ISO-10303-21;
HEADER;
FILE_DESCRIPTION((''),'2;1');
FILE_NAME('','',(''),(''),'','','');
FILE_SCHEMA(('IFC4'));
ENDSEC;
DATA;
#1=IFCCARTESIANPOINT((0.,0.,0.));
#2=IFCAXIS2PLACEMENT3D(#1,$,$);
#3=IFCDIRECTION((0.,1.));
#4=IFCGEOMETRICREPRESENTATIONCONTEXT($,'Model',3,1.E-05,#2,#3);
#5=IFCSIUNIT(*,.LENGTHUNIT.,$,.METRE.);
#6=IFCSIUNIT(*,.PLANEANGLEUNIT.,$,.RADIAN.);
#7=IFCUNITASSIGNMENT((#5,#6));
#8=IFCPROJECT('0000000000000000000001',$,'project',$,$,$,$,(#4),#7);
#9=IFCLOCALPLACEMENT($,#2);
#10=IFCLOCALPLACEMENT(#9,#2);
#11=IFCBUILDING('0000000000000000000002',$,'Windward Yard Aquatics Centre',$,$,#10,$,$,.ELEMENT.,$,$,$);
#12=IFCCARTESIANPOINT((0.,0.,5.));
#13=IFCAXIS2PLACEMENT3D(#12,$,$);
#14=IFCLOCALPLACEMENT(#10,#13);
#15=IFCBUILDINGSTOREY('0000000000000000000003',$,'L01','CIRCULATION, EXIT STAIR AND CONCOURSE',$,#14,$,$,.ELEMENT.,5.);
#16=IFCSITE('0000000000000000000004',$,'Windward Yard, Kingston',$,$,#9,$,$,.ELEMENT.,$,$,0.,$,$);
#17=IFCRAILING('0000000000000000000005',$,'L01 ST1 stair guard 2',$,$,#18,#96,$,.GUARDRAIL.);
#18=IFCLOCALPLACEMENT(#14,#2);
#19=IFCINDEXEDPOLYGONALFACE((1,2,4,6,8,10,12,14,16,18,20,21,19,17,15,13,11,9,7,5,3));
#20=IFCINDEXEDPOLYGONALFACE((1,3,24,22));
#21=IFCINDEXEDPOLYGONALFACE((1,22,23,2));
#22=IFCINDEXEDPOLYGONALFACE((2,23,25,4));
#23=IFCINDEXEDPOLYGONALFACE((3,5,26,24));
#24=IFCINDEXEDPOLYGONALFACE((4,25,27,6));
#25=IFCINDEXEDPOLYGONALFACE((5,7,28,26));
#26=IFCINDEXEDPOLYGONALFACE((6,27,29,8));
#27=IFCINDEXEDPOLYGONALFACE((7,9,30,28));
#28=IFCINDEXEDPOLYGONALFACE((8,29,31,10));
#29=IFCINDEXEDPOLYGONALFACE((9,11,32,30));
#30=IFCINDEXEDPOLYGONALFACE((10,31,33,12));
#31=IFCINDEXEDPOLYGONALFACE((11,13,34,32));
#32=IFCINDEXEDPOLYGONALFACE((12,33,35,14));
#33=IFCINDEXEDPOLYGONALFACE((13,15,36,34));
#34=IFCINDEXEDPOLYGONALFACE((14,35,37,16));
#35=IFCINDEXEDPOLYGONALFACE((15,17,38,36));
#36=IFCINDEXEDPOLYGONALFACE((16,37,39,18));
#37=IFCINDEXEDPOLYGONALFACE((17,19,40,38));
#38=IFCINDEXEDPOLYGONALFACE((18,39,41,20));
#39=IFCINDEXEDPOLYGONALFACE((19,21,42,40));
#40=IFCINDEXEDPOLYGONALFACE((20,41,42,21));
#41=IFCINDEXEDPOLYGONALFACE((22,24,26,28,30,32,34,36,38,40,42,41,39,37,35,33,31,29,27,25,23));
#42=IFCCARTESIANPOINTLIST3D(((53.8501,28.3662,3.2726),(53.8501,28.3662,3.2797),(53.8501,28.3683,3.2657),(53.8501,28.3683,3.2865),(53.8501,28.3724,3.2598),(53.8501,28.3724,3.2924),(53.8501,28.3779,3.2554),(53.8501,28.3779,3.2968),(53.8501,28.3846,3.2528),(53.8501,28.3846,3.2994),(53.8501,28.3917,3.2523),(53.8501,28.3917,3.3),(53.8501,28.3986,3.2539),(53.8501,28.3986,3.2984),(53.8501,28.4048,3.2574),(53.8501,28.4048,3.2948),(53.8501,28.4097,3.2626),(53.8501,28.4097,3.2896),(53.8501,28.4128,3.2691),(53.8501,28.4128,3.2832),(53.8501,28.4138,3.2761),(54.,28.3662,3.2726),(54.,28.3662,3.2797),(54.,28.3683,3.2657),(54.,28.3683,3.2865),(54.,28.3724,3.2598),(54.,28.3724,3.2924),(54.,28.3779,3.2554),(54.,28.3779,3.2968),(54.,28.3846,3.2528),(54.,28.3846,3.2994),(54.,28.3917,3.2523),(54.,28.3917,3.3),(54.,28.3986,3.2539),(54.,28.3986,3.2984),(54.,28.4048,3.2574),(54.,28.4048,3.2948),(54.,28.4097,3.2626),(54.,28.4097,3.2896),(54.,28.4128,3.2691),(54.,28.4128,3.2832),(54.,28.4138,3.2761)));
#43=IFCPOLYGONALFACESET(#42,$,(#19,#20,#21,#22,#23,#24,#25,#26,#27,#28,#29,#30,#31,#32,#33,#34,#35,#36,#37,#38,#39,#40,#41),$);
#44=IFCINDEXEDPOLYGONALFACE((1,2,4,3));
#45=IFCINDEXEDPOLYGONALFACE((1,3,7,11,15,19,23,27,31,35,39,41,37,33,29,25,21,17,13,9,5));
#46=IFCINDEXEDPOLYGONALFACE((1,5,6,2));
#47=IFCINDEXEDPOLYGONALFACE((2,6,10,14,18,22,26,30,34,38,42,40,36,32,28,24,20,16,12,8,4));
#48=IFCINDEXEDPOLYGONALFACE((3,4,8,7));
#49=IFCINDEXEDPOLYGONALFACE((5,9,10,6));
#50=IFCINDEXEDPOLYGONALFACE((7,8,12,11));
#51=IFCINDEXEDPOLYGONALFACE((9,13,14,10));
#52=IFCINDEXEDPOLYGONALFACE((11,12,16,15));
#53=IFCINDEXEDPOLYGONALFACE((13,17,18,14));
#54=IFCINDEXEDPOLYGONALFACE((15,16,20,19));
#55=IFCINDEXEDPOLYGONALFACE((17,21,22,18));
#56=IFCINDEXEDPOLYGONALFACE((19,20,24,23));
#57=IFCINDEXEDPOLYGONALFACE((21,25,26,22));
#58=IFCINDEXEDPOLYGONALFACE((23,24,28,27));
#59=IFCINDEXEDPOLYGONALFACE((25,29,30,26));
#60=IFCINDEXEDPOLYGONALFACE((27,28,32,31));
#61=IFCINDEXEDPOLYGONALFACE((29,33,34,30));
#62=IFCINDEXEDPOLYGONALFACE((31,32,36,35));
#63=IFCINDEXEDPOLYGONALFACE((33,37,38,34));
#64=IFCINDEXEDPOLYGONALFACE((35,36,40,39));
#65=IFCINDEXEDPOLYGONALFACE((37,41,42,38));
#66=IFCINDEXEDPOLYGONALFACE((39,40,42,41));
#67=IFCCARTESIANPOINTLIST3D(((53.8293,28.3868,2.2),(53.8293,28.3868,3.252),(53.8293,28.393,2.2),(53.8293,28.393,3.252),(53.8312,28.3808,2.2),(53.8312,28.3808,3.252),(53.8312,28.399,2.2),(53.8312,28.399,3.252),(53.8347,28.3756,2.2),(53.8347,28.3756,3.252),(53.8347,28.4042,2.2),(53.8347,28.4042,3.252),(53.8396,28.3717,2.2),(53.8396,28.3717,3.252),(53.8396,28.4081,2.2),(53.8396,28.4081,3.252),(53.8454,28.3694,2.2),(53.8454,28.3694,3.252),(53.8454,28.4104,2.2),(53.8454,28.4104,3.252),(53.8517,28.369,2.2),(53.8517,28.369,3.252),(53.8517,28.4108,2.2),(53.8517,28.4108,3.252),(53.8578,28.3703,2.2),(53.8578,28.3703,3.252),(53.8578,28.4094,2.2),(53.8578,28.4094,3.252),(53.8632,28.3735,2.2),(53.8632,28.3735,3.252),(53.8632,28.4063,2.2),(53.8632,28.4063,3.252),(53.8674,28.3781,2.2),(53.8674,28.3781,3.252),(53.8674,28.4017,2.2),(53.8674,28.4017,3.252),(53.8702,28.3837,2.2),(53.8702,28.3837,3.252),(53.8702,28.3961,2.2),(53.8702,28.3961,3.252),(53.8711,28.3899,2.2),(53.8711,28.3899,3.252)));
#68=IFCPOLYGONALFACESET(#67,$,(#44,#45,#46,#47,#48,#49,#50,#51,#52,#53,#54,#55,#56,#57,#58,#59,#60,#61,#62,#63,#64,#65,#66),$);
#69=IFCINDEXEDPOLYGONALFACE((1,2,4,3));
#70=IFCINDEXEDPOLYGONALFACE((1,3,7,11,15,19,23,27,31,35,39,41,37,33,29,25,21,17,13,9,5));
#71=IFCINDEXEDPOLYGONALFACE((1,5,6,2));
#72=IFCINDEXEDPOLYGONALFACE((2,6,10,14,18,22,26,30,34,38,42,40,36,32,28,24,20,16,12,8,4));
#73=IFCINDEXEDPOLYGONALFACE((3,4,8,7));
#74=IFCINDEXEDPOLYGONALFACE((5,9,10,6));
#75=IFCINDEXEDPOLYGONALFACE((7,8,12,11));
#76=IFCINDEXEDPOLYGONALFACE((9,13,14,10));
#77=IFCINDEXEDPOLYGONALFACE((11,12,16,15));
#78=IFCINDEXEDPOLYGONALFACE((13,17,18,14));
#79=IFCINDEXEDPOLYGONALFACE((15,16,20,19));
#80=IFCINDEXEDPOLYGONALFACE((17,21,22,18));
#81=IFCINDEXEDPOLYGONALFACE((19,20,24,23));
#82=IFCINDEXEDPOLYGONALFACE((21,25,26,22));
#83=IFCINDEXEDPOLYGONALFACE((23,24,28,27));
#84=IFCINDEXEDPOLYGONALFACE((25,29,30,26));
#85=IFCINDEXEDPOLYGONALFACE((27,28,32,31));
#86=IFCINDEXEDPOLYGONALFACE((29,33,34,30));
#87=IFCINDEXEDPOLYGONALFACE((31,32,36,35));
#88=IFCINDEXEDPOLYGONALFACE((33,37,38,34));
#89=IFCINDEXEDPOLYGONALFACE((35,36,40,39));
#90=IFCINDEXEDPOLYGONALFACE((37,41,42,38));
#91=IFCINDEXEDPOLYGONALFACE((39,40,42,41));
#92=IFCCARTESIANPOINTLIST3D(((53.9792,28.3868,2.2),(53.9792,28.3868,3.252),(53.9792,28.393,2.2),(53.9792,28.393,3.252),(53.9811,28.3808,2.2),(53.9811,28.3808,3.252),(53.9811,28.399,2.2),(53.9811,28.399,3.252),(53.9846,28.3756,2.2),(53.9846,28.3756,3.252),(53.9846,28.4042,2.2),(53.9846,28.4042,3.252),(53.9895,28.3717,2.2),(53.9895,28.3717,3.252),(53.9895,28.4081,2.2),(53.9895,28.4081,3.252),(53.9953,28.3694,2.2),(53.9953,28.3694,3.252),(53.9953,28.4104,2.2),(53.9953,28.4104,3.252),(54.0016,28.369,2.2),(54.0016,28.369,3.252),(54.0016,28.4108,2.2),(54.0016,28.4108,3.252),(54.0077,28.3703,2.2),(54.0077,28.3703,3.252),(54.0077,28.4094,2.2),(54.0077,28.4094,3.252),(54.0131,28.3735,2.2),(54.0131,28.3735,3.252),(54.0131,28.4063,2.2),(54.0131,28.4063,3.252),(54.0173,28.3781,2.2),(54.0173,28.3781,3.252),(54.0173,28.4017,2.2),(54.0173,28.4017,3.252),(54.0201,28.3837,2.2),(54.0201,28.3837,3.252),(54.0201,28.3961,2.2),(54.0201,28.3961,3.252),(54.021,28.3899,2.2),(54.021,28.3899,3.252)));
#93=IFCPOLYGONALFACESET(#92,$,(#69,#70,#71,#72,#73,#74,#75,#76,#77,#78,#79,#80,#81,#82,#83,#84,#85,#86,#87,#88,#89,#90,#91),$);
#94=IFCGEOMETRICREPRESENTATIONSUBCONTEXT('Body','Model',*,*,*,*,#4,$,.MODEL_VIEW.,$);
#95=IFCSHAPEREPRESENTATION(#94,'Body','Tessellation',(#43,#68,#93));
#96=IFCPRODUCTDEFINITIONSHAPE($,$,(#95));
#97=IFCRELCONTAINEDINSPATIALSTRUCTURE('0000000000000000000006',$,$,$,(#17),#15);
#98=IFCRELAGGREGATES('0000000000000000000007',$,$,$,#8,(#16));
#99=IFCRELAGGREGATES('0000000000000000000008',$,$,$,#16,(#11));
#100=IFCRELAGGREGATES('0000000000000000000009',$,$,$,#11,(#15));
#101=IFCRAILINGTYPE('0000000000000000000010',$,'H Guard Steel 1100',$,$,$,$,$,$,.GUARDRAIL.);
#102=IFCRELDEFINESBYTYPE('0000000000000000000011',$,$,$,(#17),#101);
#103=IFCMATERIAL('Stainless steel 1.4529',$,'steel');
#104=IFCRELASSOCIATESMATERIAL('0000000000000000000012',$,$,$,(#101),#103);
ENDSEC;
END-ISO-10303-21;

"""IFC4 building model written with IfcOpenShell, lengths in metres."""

from ifc_helpers import new_model, si_unit, direction, frame, origin, origin_2d, place, context, subcontext, project, spatial, circle, extrude, material, type_object, element, save


model = new_model("IFC4")

# Units and contexts
model_context = context("Model", 3, precision=1e-05, world=origin(), true_north=direction((0.0, 1.0)))
body_context = subcontext(model_context, "Body", "Model", "MODEL_VIEW")
ifc_project = project(units=[si_unit("LENGTHUNIT", "METRE"), si_unit("PLANEANGLEUNIT", "RADIAN")], contexts=[model_context])

# Site, building, storey
site_placement = place(None, origin())
site = spatial("IfcSite", under=ifc_project, at=site_placement, Name="Windward Yard, Kingston", CompositionType="ELEMENT", RefElevation=0.0)
building_placement = place(site_placement, origin())
building = spatial("IfcBuilding", under=site, at=building_placement, Name="Windward Yard Aquatics Centre", CompositionType="ELEMENT")
storey_placement = place(building_placement, frame((0.0, 0.0, 5.0)))
storey = spatial("IfcBuildingStorey", under=building, at=storey_placement, Name="L01", Description="CIRCULATION, EXIT STAIR AND CONCOURSE", CompositionType="ELEMENT", Elevation=5.0)

# Railing
ifc_material_1 = material(Name="Stainless steel 1.4529", Category="steel")
railing_type_1 = type_object("IfcRailingType", Name="H Guard Steel 1100", PredefinedType="GUARDRAIL", material=ifc_material_1)
railing_1_placement = place(storey_placement, frame((53.8501, 28.3899, 2.2)))
element("IfcRailing", 1, at=railing_1_placement, inside=storey, type_object=railing_type_1, Name="L01 ST1 stair guard 2", PredefinedType="GUARDRAIL", context=body_context, shape_type="SweptSolid", body=[
    extrude(circle(Radius=0.0239, at=origin_2d()), frame((0.0, 0.0, 1.0762), z_axis=(1.0, 0.0, 0.0), x_axis=(0.0, 1.0, 0.0)), (0.0, 0.0, 1.0), 0.1499),
    extrude(circle(Radius=0.021, at=origin_2d()), origin(), (0.0, 0.0, 1.0), 1.052),
    extrude(circle(Radius=0.021, at=origin_2d()), frame((0.1499, 0.0, 0.0)), (0.0, 0.0, 1.0), 1.052),
])

save(model, "model.ifc")
